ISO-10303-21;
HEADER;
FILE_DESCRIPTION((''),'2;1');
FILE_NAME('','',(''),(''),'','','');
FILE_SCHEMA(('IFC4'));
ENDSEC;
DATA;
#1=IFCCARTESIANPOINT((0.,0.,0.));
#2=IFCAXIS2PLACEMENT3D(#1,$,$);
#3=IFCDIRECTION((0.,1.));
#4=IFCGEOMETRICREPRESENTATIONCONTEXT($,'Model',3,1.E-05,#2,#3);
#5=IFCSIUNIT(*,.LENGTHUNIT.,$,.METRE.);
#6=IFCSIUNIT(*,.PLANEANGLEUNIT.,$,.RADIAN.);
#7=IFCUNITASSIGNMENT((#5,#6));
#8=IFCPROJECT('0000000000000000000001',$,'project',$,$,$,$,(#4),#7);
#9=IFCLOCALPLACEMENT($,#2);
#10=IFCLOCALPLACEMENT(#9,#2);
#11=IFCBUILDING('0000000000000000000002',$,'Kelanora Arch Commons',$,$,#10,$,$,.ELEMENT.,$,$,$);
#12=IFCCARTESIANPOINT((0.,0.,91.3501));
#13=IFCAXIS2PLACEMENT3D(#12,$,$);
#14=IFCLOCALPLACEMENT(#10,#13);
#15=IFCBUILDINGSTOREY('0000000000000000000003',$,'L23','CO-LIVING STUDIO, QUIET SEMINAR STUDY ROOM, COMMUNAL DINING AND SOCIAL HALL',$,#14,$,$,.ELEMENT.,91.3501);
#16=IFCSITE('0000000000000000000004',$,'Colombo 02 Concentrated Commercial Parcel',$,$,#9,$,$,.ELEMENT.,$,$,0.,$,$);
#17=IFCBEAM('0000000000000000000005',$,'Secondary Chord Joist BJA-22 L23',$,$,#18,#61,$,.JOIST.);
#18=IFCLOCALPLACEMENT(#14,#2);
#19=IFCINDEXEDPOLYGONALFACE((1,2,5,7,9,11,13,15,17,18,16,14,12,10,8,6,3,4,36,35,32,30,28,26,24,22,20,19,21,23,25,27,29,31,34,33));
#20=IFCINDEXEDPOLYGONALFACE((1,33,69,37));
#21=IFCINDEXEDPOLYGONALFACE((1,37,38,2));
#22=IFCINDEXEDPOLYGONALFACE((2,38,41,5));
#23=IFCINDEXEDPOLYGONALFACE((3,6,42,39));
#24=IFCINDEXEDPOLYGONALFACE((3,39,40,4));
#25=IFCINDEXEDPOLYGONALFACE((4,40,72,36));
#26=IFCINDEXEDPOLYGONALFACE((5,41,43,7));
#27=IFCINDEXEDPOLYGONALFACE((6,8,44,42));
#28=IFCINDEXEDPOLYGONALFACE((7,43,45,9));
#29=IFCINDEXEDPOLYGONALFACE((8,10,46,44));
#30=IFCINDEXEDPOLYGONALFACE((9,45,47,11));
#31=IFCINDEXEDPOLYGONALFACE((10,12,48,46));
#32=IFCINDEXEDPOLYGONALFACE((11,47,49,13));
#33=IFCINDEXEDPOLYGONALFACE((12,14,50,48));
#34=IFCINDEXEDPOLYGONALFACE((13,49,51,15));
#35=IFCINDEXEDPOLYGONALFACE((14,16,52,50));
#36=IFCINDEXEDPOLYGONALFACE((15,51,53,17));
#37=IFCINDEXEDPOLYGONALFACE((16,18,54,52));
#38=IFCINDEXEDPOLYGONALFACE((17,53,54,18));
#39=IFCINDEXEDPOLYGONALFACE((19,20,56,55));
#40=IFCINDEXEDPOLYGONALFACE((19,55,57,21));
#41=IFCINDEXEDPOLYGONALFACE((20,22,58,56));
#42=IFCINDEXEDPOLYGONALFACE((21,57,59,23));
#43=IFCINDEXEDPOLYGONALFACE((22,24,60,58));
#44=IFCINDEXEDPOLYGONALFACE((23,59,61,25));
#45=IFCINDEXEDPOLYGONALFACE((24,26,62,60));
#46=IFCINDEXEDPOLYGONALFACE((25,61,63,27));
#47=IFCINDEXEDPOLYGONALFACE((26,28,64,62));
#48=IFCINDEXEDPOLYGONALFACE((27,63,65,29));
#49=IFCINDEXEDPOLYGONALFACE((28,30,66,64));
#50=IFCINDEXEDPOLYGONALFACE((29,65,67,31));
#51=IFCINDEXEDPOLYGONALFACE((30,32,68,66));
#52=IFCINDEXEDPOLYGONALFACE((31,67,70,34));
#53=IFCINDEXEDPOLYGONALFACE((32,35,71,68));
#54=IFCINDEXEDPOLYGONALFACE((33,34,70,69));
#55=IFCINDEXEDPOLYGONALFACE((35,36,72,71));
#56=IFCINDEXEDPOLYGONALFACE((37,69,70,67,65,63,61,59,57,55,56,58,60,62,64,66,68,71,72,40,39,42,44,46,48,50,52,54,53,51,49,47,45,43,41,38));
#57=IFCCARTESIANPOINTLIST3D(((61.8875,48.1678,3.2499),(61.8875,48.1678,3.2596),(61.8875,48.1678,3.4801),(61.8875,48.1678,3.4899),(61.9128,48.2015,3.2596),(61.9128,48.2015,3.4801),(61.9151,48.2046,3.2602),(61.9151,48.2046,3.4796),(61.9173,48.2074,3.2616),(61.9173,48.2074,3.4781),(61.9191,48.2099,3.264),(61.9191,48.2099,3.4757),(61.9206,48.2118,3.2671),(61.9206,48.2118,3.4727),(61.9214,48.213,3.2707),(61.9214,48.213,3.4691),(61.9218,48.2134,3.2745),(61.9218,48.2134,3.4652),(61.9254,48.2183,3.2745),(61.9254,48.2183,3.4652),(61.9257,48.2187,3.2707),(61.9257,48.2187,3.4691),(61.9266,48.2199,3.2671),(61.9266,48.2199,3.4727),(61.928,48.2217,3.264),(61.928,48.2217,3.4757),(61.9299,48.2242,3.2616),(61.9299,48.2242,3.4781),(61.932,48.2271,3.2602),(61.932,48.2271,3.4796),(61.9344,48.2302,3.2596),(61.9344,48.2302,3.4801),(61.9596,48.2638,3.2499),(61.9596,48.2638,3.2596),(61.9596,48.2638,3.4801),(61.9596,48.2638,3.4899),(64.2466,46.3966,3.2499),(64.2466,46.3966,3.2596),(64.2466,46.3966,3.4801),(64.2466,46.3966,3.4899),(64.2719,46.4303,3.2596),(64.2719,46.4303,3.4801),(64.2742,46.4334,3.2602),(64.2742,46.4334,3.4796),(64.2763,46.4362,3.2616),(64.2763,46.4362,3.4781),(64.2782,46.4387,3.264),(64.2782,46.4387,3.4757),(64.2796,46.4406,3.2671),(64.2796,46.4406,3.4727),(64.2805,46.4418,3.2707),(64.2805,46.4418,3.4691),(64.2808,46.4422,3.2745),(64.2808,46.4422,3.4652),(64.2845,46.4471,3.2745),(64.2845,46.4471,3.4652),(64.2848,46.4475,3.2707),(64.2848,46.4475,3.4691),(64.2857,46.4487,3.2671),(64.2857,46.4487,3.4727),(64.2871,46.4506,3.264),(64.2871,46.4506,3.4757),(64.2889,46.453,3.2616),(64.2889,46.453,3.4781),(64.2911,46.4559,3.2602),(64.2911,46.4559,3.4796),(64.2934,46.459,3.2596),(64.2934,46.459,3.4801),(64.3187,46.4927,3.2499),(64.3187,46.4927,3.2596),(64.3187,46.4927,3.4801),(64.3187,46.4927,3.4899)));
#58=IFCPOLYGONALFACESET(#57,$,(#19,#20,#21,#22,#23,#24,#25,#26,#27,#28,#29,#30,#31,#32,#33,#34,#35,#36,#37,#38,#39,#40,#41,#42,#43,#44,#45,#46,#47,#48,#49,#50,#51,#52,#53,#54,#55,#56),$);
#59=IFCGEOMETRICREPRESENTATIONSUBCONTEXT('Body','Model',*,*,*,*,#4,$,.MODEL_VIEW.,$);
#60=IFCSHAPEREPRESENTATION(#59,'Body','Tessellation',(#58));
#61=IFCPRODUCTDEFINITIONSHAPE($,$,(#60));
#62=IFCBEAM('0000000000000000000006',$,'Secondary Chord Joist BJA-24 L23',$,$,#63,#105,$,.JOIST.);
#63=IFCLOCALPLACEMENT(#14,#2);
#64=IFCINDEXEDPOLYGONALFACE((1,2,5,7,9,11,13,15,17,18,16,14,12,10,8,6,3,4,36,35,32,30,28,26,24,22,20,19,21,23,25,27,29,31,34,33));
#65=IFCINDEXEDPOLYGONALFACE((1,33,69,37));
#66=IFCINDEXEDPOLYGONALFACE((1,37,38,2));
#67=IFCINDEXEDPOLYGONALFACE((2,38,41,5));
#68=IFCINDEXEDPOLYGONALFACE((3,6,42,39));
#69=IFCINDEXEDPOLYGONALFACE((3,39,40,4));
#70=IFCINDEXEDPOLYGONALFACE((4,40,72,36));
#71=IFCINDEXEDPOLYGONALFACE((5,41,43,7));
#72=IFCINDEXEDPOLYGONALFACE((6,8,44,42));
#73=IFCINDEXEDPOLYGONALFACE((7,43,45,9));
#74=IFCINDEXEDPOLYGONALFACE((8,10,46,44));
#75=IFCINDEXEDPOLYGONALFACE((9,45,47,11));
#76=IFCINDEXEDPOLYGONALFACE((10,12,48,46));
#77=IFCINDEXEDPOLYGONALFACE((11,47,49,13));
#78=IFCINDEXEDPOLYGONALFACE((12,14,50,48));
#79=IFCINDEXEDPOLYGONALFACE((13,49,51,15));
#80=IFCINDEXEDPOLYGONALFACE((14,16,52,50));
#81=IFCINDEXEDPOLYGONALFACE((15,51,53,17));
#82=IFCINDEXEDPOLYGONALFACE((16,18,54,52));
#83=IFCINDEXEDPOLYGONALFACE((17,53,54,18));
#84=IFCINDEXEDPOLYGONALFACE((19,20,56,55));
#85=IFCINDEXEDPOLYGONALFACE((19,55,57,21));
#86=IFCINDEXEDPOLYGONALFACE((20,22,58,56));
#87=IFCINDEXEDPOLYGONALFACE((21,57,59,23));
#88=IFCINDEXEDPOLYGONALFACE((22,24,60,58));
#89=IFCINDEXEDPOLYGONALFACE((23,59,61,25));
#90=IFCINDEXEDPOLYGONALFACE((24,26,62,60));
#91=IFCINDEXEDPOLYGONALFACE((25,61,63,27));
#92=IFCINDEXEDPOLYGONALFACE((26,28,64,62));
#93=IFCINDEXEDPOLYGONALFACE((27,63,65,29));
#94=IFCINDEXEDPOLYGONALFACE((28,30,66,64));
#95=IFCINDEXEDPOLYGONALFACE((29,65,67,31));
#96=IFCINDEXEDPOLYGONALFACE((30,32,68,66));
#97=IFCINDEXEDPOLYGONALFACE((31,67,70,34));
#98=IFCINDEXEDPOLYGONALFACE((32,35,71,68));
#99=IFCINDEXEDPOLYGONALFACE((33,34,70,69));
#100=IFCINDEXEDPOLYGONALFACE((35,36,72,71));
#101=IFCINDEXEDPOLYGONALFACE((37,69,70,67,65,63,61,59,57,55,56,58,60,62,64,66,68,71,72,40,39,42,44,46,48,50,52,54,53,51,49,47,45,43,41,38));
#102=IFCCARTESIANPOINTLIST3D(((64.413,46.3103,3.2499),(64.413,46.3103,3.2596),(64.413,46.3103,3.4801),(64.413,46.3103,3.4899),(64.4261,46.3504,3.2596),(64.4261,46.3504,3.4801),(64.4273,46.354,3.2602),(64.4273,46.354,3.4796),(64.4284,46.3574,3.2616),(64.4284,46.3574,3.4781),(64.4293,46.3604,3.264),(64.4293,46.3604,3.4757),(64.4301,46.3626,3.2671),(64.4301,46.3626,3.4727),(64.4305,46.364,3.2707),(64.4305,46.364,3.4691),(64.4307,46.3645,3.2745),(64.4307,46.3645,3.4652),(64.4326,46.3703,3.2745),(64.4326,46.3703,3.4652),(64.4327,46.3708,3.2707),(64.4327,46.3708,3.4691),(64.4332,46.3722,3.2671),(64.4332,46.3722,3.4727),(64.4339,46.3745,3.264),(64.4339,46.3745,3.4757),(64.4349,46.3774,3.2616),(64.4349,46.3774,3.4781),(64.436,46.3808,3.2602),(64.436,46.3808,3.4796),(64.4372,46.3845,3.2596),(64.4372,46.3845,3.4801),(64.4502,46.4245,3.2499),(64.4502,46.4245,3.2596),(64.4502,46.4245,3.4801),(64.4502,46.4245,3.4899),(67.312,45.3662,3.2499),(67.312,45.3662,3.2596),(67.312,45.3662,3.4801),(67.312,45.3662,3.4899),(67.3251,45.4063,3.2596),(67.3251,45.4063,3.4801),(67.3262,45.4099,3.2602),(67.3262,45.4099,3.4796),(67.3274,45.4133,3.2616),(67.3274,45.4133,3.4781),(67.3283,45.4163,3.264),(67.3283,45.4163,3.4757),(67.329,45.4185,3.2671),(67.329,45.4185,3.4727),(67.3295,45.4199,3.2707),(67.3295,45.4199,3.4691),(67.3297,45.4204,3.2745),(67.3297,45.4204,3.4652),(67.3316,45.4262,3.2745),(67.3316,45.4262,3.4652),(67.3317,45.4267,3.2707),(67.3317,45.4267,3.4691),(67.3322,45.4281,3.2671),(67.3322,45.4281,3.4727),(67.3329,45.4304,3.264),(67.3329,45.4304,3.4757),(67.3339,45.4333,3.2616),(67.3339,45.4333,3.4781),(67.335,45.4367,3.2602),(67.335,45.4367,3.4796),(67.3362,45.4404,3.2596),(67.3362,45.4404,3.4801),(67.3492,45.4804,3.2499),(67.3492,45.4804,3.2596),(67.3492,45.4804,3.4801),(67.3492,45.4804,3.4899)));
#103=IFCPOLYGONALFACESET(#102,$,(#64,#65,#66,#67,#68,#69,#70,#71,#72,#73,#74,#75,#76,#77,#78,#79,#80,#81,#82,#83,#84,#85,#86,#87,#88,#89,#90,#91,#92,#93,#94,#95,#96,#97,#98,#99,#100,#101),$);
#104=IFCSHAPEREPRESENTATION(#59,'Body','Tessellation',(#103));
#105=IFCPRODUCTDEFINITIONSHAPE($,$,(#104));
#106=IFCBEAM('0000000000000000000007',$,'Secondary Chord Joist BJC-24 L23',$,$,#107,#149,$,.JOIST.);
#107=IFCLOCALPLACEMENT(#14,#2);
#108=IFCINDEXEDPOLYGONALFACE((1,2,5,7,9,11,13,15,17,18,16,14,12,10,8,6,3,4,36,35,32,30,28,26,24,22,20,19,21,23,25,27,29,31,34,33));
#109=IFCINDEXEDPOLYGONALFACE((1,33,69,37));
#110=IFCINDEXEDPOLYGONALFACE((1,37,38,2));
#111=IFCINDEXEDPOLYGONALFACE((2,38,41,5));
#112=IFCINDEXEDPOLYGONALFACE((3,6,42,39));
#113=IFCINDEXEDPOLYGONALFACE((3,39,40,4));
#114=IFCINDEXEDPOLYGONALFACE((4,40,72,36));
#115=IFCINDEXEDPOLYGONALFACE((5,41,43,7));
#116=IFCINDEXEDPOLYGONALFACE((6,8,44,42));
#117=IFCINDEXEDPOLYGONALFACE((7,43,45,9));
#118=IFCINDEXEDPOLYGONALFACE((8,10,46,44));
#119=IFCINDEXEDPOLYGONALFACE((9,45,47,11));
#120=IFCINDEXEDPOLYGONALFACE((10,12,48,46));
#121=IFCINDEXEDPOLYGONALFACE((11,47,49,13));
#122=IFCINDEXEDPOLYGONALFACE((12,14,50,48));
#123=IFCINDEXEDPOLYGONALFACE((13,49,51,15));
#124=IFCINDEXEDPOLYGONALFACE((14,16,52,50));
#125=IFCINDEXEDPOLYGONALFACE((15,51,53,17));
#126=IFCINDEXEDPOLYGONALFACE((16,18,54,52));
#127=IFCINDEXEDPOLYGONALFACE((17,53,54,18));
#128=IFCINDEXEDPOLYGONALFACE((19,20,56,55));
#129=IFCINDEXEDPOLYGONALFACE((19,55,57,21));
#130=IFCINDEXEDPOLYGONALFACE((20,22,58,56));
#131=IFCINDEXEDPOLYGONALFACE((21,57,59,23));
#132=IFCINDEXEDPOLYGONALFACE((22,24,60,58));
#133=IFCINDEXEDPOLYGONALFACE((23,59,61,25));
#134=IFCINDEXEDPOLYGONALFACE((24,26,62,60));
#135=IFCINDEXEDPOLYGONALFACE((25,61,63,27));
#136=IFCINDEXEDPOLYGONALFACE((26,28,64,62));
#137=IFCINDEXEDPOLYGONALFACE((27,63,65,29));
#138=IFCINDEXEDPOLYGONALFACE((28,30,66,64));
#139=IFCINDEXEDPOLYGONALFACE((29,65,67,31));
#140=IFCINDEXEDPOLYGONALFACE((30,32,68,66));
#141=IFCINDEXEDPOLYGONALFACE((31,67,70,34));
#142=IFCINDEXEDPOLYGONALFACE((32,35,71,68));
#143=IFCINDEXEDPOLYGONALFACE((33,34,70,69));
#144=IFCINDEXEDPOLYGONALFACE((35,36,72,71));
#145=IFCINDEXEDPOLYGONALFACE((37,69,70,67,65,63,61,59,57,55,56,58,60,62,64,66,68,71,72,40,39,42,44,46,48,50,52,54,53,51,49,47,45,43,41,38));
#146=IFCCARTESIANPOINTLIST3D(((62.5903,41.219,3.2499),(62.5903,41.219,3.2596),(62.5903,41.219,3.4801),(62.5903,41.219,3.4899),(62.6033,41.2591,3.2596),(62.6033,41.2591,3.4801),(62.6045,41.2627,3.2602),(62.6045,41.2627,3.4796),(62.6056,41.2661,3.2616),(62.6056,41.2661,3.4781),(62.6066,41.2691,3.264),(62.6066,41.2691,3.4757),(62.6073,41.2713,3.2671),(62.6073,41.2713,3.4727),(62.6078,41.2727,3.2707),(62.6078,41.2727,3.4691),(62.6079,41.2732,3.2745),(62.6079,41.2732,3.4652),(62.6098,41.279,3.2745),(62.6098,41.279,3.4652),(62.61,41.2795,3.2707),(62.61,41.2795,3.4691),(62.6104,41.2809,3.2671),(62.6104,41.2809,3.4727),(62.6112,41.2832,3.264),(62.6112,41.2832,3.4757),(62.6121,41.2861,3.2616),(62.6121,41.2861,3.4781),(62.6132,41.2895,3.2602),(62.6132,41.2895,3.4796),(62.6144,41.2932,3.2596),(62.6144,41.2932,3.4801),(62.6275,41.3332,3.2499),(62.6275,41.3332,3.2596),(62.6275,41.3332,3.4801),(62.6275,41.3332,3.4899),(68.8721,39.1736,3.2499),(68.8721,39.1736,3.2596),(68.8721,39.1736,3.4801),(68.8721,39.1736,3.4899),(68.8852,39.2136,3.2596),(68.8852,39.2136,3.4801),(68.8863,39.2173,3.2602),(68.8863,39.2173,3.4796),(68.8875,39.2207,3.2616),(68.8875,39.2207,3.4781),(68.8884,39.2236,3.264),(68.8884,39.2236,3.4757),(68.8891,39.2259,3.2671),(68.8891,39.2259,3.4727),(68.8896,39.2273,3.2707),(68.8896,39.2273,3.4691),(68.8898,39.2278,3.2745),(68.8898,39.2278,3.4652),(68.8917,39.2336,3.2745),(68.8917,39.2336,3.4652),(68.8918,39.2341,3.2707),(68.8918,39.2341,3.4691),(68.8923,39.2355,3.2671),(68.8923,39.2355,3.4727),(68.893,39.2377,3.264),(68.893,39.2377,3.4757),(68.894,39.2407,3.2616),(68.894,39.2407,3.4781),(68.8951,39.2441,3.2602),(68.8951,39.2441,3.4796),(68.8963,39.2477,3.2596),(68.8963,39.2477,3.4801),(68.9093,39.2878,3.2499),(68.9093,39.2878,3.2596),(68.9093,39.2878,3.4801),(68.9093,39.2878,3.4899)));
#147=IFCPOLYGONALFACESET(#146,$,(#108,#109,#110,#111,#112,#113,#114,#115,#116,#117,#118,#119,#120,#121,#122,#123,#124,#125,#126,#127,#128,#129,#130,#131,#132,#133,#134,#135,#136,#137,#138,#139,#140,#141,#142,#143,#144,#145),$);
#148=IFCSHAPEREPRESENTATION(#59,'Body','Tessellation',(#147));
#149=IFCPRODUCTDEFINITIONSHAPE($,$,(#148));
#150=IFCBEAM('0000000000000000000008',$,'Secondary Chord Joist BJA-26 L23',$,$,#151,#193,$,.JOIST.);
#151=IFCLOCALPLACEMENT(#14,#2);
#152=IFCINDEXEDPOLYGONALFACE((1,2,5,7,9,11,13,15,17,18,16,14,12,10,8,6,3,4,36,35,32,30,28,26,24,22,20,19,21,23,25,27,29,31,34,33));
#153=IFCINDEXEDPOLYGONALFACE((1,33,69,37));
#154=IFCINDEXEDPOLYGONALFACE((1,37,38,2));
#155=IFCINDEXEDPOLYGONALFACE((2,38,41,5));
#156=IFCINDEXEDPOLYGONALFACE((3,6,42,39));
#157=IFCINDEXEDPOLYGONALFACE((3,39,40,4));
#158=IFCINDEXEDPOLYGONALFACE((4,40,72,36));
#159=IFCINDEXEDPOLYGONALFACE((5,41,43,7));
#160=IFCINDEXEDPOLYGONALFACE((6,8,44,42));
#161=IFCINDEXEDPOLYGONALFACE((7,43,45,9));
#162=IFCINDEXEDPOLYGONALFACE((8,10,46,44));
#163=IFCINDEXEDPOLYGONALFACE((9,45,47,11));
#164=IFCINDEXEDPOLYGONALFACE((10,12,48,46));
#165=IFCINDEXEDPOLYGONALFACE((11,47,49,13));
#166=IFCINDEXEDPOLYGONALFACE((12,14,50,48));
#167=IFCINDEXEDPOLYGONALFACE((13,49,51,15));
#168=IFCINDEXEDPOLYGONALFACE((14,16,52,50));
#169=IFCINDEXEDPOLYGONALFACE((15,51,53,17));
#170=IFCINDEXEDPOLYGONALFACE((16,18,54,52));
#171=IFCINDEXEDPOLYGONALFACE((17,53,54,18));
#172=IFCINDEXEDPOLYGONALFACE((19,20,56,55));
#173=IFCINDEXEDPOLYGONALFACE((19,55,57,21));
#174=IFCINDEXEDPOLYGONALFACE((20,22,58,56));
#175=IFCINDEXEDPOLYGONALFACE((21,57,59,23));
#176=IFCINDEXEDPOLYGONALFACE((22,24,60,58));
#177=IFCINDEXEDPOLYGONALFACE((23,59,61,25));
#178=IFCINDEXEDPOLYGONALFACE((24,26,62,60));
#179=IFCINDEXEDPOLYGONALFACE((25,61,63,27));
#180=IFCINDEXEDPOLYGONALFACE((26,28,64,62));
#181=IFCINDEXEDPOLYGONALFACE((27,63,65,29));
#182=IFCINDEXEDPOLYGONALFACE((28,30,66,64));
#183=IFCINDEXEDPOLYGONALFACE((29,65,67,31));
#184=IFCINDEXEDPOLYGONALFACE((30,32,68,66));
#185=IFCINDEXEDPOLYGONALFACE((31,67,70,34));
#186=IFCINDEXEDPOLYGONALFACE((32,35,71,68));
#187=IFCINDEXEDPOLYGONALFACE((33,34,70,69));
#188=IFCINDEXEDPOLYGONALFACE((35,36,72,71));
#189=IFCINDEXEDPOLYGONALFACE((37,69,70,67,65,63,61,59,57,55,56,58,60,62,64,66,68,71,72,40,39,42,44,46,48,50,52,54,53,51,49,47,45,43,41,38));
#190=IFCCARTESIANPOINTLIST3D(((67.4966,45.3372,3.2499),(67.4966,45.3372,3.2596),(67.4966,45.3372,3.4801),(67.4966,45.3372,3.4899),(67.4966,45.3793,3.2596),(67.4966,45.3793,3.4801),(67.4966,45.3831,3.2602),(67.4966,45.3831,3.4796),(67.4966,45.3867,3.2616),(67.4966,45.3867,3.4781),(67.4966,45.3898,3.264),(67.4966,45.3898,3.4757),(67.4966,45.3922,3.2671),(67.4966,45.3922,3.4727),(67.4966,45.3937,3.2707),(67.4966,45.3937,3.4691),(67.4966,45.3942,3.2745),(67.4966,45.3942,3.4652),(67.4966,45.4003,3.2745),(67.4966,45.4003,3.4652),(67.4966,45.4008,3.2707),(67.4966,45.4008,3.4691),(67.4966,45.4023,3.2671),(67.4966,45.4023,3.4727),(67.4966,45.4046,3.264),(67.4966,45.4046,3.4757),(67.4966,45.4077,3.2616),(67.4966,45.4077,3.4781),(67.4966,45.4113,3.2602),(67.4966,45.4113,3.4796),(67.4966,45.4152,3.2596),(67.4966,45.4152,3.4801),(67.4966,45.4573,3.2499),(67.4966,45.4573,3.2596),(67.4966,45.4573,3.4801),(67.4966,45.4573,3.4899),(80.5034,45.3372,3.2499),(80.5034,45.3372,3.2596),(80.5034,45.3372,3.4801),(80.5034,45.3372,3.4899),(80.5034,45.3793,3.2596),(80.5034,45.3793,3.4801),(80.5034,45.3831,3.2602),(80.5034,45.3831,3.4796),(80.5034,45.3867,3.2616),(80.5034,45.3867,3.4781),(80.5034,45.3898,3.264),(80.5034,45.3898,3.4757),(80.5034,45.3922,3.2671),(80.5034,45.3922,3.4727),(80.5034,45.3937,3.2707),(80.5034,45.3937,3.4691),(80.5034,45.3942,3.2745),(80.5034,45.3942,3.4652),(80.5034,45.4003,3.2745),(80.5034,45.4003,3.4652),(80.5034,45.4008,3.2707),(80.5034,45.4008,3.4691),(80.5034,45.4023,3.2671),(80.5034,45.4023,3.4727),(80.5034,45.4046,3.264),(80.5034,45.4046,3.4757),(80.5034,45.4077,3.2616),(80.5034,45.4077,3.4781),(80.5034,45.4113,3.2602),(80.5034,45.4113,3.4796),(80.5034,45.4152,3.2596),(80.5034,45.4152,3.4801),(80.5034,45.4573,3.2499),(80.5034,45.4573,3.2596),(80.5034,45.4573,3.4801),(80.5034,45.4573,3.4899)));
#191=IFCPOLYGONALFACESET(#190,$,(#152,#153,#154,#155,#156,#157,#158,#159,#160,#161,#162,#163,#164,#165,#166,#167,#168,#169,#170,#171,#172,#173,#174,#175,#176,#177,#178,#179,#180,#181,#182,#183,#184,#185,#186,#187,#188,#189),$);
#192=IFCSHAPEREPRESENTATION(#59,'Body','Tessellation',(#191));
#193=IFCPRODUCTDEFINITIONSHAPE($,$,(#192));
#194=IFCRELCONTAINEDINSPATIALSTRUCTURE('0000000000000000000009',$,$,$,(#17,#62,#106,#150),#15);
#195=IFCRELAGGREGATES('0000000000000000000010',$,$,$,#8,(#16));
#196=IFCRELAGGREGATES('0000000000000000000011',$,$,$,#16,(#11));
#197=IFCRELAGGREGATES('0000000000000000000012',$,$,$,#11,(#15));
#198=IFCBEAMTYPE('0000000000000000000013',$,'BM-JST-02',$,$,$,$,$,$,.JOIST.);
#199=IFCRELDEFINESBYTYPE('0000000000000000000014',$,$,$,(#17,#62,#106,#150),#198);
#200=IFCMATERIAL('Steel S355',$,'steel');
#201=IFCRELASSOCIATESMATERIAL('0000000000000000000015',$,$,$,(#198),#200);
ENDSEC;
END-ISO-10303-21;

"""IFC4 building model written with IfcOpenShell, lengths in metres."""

from ifc_helpers import new_model, si_unit, direction, frame, origin, origin_2d, place, context, subcontext, project, spatial, i_section, extrude, material, material_profile, profile_set, type_object, element, save


model = new_model("IFC4")

# Units and contexts
model_context = context("Model", 3, precision=1e-05, world=origin(), true_north=direction((0.0, 1.0)))
body_context = subcontext(model_context, "Body", "Model", "MODEL_VIEW")
ifc_project = project(units=[si_unit("LENGTHUNIT", "METRE"), si_unit("PLANEANGLEUNIT", "RADIAN")], contexts=[model_context])

# Site, building, storey
site_placement = place(None, origin())
site = spatial("IfcSite", under=ifc_project, at=site_placement, Name="Colombo 02 Concentrated Commercial Parcel", CompositionType="ELEMENT", RefElevation=0.0)
building_placement = place(site_placement, origin())
building = spatial("IfcBuilding", under=site, at=building_placement, Name="Kelanora Arch Commons", CompositionType="ELEMENT")
storey_placement = place(building_placement, frame((0.0, 0.0, 91.3501)))
storey = spatial("IfcBuildingStorey", under=building, at=storey_placement, Name="L23", Description="CO-LIVING STUDIO, QUIET SEMINAR STUDY ROOM, COMMUNAL DINING AND SOCIAL HALL", CompositionType="ELEMENT", Elevation=91.3501)

# Beams
ifc_material_1 = material(Name="Steel S355", Category="steel")
ifc_material_profile_1 = material_profile(ifc_material_1, i_section(OverallWidth=0.1201, OverallDepth=0.24, WebThickness=0.0061, FlangeThickness=0.0098, FilletRadius=0.0149, at=origin_2d()), Name="IPE240")
ifc_profile_set_1 = profile_set([ifc_material_profile_1], Name="Steel S355")
beam_type_1 = type_object("IfcBeamType", Name="BM-JST-02", PredefinedType="JOIST", material=ifc_profile_set_1)
beam_1_placement = place(storey_placement, frame((61.9236, 48.2158, 3.3699), z_axis=(0.799692, -0.60041, 0.0), x_axis=(0.60041, 0.799692, 0.0)))
element("IfcBeam", 1, at=beam_1_placement, inside=storey, type_object=beam_type_1, Name="Secondary Chord Joist BJA-22 L23", PredefinedType="JOIST", context=body_context, shape_type="SweptSolid", body=[
    extrude(i_section(OverallWidth=0.1201, OverallDepth=0.24, WebThickness=0.0061, FlangeThickness=0.0098, FilletRadius=0.0149, at=origin_2d()), origin(), (0.0, 0.0, 1.0), 2.95),
])
beam_2_placement = place(storey_placement, frame((64.4316, 46.3674, 3.3699), z_axis=(0.950847, -0.309662, 0.0), x_axis=(0.309662, 0.950847, 0.0)))
element("IfcBeam", 2, at=beam_2_placement, inside=storey, type_object=beam_type_1, Name="Secondary Chord Joist BJA-24 L23", PredefinedType="JOIST", context=body_context, shape_type="SweptSolid", body=[
    extrude(i_section(OverallWidth=0.1201, OverallDepth=0.24, WebThickness=0.0061, FlangeThickness=0.0098, FilletRadius=0.0149, at=origin_2d()), origin(), (0.0, 0.0, 1.0), 3.0488),
])
beam_3_placement = place(storey_placement, frame((62.6089, 41.2761, 3.3699), z_axis=(0.950863, -0.309612, 0.0), x_axis=(0.309612, 0.950863, 0.0)))
element("IfcBeam", 3, at=beam_3_placement, inside=storey, type_object=beam_type_1, Name="Secondary Chord Joist BJC-24 L23", PredefinedType="JOIST", context=body_context, shape_type="SweptSolid", body=[
    extrude(i_section(OverallWidth=0.1201, OverallDepth=0.24, WebThickness=0.0061, FlangeThickness=0.0098, FilletRadius=0.0149, at=origin_2d()), origin(), (0.0, 0.0, 1.0), 6.6064),
])
beam_4_placement = place(storey_placement, frame((67.4966, 45.3972, 3.3699), z_axis=(1.0, 0.0, 0.0), x_axis=(0.0, 1.0, 0.0)))
element("IfcBeam", 4, at=beam_4_placement, inside=storey, type_object=beam_type_1, Name="Secondary Chord Joist BJA-26 L23", PredefinedType="JOIST", context=body_context, shape_type="SweptSolid", body=[
    extrude(i_section(OverallWidth=0.1201, OverallDepth=0.24, WebThickness=0.0061, FlangeThickness=0.0098, FilletRadius=0.0149, at=origin_2d()), origin(), (0.0, 0.0, 1.0), 13.0068),
])

save(model, "model.ifc")
